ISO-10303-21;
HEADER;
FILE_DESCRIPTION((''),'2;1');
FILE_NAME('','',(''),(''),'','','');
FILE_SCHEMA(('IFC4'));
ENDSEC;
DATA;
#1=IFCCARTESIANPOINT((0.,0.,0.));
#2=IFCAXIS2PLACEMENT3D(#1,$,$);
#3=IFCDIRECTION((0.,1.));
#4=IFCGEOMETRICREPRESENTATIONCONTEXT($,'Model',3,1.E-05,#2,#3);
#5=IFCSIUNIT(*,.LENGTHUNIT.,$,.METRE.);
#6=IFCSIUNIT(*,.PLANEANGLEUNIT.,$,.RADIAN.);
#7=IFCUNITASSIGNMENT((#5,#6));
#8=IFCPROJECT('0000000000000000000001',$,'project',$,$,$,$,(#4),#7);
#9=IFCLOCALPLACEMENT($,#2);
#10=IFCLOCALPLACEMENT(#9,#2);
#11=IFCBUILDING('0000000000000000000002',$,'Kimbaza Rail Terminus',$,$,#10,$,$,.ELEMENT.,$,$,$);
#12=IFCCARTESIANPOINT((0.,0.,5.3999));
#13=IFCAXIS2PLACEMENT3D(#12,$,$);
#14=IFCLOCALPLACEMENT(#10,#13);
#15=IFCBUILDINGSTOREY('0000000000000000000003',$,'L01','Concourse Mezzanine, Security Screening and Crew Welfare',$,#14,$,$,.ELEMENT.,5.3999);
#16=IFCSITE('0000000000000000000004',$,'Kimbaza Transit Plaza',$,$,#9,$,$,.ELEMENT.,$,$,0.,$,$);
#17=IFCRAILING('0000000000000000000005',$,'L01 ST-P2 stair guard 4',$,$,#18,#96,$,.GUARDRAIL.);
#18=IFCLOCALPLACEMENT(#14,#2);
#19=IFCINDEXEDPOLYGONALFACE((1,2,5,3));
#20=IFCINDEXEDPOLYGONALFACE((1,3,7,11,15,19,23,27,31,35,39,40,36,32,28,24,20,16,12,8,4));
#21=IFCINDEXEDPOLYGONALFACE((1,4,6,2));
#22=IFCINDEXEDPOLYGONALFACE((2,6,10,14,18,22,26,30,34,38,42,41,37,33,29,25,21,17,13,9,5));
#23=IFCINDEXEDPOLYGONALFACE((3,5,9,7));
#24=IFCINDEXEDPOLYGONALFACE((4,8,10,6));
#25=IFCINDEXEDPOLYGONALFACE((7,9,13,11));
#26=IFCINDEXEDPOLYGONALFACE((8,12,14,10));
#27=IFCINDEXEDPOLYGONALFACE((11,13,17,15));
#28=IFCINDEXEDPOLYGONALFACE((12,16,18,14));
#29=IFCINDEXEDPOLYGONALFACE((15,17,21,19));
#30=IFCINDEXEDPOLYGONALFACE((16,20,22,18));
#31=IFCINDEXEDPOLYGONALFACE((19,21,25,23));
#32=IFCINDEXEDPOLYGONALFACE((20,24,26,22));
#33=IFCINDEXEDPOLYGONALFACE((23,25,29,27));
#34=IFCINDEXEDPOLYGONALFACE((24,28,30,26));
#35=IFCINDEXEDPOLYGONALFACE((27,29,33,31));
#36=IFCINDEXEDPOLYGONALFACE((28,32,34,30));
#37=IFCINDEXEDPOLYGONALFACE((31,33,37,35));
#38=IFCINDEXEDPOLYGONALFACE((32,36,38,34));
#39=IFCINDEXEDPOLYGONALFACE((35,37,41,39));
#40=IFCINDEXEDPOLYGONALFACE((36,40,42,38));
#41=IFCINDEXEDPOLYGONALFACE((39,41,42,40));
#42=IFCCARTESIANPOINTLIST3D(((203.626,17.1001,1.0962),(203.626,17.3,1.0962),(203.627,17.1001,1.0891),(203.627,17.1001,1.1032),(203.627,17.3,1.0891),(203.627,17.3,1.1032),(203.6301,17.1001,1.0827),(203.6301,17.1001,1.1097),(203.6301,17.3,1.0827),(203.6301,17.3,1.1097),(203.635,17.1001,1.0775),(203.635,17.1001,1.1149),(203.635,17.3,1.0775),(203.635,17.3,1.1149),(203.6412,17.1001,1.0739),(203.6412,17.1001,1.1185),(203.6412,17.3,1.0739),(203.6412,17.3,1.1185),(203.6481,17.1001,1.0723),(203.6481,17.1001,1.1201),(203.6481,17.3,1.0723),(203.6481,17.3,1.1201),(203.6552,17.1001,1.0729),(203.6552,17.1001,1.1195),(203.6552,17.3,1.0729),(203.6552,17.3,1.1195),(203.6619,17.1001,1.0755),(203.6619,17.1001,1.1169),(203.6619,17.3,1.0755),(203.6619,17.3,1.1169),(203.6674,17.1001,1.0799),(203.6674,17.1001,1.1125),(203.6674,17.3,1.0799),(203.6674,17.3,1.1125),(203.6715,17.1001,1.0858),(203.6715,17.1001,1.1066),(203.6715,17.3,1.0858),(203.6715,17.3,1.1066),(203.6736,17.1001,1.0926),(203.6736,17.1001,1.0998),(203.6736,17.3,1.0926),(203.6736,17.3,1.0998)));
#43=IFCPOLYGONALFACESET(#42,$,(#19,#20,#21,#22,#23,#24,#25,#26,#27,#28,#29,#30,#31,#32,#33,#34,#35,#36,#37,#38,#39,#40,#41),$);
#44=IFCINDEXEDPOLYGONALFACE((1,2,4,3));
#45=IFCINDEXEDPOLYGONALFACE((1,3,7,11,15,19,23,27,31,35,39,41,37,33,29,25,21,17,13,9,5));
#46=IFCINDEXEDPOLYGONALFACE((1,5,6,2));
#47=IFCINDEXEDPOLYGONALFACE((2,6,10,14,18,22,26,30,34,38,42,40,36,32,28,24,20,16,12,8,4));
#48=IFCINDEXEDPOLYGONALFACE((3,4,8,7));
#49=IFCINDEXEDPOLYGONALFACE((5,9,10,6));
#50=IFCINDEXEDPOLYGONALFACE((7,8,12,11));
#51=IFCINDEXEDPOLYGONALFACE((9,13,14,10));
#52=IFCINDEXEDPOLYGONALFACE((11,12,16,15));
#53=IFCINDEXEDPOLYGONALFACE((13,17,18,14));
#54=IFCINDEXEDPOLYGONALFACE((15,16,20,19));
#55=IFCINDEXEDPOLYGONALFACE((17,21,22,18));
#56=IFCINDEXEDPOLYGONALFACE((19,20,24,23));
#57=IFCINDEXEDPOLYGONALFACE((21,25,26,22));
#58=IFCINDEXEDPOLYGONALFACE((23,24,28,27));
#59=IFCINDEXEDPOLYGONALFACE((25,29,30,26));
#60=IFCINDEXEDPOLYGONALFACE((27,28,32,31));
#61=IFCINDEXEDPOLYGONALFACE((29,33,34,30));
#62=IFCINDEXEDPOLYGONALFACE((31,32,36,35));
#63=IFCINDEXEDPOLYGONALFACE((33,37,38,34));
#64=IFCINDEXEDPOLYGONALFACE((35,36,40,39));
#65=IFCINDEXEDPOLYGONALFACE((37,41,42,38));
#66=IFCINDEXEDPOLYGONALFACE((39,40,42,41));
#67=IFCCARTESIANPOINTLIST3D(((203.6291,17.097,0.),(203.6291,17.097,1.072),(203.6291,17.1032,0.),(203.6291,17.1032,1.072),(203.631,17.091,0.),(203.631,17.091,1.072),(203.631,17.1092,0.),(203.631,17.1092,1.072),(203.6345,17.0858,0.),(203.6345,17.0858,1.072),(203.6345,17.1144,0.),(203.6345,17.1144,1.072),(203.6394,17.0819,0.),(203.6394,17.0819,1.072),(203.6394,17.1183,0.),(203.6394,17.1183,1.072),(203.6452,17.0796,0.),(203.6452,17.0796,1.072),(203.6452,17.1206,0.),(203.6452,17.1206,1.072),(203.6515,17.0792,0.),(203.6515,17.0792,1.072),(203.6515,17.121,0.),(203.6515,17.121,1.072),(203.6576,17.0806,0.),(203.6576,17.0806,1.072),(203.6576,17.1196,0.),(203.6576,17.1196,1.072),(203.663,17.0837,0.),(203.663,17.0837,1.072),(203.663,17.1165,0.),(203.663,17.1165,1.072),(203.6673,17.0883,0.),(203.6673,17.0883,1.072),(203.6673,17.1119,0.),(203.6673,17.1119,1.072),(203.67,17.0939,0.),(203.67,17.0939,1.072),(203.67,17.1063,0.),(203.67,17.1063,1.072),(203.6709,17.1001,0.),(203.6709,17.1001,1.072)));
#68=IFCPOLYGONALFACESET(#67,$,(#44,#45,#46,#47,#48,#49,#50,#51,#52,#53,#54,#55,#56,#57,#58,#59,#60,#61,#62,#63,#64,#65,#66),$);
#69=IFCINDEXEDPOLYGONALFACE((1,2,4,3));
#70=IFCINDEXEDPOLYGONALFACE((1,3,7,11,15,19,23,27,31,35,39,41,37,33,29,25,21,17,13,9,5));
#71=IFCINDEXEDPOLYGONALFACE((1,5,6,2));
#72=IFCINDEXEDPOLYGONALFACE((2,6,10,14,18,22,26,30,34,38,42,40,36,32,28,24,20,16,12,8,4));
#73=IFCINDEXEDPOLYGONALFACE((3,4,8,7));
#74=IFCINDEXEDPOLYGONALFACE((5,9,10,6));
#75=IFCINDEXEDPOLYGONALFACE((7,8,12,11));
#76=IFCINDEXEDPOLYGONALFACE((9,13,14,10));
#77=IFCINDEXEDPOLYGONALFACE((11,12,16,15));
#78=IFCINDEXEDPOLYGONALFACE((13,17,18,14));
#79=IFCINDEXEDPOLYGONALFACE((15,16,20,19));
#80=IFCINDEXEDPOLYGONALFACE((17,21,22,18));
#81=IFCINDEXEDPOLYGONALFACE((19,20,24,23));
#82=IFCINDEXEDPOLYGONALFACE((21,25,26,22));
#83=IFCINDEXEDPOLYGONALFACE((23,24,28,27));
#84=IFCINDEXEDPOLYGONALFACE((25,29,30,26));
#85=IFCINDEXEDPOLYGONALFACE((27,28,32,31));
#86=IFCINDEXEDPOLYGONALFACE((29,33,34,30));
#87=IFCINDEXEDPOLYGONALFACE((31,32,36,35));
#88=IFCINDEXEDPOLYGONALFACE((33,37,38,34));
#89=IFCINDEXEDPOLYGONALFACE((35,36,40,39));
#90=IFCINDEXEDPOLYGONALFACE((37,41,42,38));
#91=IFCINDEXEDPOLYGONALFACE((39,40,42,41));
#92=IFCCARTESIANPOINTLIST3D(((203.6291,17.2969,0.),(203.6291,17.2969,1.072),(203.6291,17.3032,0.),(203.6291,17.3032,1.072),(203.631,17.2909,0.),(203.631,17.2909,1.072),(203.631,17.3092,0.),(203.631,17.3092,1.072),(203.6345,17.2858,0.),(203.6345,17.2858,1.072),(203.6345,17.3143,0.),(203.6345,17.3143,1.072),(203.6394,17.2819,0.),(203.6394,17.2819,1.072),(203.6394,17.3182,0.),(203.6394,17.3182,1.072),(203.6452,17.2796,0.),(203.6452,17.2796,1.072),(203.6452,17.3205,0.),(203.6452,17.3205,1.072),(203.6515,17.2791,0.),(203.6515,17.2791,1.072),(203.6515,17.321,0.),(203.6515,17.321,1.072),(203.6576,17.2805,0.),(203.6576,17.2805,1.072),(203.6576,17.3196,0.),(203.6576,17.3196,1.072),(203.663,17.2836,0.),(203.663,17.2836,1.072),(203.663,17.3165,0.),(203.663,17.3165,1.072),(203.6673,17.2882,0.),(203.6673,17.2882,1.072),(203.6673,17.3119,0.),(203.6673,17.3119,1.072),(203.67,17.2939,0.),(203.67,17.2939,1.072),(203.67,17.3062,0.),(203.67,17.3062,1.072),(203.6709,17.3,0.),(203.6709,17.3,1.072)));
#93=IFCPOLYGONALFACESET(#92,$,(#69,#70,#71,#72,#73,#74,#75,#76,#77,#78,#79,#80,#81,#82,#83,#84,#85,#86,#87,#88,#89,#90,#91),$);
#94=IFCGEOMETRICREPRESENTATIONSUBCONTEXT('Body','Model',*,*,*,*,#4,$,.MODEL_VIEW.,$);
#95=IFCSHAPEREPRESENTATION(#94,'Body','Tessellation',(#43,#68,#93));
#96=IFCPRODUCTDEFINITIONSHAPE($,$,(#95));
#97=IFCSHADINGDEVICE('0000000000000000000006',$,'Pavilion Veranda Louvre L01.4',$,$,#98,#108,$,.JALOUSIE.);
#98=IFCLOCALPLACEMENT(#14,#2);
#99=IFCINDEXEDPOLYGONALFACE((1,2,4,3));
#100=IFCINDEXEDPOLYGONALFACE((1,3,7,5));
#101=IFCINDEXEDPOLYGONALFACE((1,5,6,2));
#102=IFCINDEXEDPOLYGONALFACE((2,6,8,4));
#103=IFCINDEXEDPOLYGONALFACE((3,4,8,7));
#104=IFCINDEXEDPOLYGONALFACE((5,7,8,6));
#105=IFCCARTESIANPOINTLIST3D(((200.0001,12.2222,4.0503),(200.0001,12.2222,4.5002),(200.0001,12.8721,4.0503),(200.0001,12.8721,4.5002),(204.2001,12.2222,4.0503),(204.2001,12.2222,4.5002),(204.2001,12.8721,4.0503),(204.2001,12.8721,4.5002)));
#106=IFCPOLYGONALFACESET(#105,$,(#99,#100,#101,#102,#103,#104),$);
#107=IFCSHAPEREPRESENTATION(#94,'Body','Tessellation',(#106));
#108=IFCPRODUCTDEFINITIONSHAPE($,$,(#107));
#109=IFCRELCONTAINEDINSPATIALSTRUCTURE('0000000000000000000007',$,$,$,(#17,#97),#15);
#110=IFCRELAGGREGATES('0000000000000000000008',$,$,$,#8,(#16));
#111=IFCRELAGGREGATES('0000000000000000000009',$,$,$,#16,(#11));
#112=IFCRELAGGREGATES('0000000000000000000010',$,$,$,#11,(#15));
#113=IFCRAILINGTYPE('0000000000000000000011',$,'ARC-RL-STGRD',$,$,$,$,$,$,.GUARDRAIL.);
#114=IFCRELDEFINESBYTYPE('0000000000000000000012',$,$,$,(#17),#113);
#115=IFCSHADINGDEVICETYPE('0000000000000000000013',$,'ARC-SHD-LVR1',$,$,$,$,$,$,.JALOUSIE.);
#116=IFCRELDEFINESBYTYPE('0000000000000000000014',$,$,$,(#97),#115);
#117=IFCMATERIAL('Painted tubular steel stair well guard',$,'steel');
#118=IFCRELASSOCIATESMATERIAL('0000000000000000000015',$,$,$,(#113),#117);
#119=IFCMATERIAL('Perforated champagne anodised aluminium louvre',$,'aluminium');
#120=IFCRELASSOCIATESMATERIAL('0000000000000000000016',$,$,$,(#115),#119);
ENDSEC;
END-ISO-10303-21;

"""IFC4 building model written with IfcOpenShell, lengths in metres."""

from ifc_helpers import new_model, si_unit, direction, frame, origin, origin_2d, place, context, subcontext, project, spatial, rectangle, circle, extrude, material, type_object, element, save


model = new_model("IFC4")

# Units and contexts
model_context = context("Model", 3, precision=1e-05, world=origin(), true_north=direction((0.0, 1.0)))
body_context = subcontext(model_context, "Body", "Model", "MODEL_VIEW")
ifc_project = project(units=[si_unit("LENGTHUNIT", "METRE"), si_unit("PLANEANGLEUNIT", "RADIAN")], contexts=[model_context])

# Site, building, storey
site_placement = place(None, origin())
site = spatial("IfcSite", under=ifc_project, at=site_placement, Name="Kimbaza Transit Plaza", CompositionType="ELEMENT", RefElevation=0.0)
building_placement = place(site_placement, origin())
building = spatial("IfcBuilding", under=site, at=building_placement, Name="Kimbaza Rail Terminus", CompositionType="ELEMENT")
storey_placement = place(building_placement, frame((0.0, 0.0, 5.3999)))
storey = spatial("IfcBuildingStorey", under=building, at=storey_placement, Name="L01", Description="Concourse Mezzanine, Security Screening and Crew Welfare", CompositionType="ELEMENT", Elevation=5.3999)

# Railing
ifc_material_1 = material(Name="Painted tubular steel stair well guard", Category="steel")
railing_type_1 = type_object("IfcRailingType", Name="ARC-RL-STGRD", PredefinedType="GUARDRAIL", material=ifc_material_1)
railing_1_placement = place(storey_placement, frame((203.6499, 17.1001, 0.0)))
element("IfcRailing", 1, at=railing_1_placement, inside=storey, type_object=railing_type_1, Name="L01 ST-P2 stair guard 4", PredefinedType="GUARDRAIL", context=body_context, shape_type="SweptSolid", body=[
    extrude(circle(Radius=0.0239, at=origin_2d()), frame((0.0, 0.0, 1.0962), z_axis=(0.0, 1.0, 0.0), x_axis=(-1.0, 0.0, 0.0)), (0.0, 0.0, 1.0), 0.2),
    extrude(circle(Radius=0.021, at=origin_2d()), origin(), (0.0, 0.0, 1.0), 1.072),
    extrude(circle(Radius=0.021, at=origin_2d()), frame((0.0, 0.2, 0.0)), (0.0, 0.0, 1.0), 1.072),
])

# Shading device
ifc_material_2 = material(Name="Perforated champagne anodised aluminium louvre", Category="aluminium")
shading_device_type = type_object("IfcShadingDeviceType", Name="ARC-SHD-LVR1", PredefinedType="JALOUSIE", material=ifc_material_2)
shading_device_placement = place(storey_placement, frame((202.1001, 12.5471, 4.0503), z_axis=(0.0, 0.0, 1.0), x_axis=(1.0, 0.0, 0.0)))
element("IfcShadingDevice", 2, at=shading_device_placement, inside=storey, type_object=shading_device_type, Name="Pavilion Veranda Louvre L01.4", PredefinedType="JALOUSIE", context=body_context, shape_type="SweptSolid", body=[
    extrude(rectangle(XDim=4.2, YDim=0.6499, at=origin_2d()), origin(), (0.0, 0.0, 1.0), 0.45),
])

save(model, "model.ifc")
